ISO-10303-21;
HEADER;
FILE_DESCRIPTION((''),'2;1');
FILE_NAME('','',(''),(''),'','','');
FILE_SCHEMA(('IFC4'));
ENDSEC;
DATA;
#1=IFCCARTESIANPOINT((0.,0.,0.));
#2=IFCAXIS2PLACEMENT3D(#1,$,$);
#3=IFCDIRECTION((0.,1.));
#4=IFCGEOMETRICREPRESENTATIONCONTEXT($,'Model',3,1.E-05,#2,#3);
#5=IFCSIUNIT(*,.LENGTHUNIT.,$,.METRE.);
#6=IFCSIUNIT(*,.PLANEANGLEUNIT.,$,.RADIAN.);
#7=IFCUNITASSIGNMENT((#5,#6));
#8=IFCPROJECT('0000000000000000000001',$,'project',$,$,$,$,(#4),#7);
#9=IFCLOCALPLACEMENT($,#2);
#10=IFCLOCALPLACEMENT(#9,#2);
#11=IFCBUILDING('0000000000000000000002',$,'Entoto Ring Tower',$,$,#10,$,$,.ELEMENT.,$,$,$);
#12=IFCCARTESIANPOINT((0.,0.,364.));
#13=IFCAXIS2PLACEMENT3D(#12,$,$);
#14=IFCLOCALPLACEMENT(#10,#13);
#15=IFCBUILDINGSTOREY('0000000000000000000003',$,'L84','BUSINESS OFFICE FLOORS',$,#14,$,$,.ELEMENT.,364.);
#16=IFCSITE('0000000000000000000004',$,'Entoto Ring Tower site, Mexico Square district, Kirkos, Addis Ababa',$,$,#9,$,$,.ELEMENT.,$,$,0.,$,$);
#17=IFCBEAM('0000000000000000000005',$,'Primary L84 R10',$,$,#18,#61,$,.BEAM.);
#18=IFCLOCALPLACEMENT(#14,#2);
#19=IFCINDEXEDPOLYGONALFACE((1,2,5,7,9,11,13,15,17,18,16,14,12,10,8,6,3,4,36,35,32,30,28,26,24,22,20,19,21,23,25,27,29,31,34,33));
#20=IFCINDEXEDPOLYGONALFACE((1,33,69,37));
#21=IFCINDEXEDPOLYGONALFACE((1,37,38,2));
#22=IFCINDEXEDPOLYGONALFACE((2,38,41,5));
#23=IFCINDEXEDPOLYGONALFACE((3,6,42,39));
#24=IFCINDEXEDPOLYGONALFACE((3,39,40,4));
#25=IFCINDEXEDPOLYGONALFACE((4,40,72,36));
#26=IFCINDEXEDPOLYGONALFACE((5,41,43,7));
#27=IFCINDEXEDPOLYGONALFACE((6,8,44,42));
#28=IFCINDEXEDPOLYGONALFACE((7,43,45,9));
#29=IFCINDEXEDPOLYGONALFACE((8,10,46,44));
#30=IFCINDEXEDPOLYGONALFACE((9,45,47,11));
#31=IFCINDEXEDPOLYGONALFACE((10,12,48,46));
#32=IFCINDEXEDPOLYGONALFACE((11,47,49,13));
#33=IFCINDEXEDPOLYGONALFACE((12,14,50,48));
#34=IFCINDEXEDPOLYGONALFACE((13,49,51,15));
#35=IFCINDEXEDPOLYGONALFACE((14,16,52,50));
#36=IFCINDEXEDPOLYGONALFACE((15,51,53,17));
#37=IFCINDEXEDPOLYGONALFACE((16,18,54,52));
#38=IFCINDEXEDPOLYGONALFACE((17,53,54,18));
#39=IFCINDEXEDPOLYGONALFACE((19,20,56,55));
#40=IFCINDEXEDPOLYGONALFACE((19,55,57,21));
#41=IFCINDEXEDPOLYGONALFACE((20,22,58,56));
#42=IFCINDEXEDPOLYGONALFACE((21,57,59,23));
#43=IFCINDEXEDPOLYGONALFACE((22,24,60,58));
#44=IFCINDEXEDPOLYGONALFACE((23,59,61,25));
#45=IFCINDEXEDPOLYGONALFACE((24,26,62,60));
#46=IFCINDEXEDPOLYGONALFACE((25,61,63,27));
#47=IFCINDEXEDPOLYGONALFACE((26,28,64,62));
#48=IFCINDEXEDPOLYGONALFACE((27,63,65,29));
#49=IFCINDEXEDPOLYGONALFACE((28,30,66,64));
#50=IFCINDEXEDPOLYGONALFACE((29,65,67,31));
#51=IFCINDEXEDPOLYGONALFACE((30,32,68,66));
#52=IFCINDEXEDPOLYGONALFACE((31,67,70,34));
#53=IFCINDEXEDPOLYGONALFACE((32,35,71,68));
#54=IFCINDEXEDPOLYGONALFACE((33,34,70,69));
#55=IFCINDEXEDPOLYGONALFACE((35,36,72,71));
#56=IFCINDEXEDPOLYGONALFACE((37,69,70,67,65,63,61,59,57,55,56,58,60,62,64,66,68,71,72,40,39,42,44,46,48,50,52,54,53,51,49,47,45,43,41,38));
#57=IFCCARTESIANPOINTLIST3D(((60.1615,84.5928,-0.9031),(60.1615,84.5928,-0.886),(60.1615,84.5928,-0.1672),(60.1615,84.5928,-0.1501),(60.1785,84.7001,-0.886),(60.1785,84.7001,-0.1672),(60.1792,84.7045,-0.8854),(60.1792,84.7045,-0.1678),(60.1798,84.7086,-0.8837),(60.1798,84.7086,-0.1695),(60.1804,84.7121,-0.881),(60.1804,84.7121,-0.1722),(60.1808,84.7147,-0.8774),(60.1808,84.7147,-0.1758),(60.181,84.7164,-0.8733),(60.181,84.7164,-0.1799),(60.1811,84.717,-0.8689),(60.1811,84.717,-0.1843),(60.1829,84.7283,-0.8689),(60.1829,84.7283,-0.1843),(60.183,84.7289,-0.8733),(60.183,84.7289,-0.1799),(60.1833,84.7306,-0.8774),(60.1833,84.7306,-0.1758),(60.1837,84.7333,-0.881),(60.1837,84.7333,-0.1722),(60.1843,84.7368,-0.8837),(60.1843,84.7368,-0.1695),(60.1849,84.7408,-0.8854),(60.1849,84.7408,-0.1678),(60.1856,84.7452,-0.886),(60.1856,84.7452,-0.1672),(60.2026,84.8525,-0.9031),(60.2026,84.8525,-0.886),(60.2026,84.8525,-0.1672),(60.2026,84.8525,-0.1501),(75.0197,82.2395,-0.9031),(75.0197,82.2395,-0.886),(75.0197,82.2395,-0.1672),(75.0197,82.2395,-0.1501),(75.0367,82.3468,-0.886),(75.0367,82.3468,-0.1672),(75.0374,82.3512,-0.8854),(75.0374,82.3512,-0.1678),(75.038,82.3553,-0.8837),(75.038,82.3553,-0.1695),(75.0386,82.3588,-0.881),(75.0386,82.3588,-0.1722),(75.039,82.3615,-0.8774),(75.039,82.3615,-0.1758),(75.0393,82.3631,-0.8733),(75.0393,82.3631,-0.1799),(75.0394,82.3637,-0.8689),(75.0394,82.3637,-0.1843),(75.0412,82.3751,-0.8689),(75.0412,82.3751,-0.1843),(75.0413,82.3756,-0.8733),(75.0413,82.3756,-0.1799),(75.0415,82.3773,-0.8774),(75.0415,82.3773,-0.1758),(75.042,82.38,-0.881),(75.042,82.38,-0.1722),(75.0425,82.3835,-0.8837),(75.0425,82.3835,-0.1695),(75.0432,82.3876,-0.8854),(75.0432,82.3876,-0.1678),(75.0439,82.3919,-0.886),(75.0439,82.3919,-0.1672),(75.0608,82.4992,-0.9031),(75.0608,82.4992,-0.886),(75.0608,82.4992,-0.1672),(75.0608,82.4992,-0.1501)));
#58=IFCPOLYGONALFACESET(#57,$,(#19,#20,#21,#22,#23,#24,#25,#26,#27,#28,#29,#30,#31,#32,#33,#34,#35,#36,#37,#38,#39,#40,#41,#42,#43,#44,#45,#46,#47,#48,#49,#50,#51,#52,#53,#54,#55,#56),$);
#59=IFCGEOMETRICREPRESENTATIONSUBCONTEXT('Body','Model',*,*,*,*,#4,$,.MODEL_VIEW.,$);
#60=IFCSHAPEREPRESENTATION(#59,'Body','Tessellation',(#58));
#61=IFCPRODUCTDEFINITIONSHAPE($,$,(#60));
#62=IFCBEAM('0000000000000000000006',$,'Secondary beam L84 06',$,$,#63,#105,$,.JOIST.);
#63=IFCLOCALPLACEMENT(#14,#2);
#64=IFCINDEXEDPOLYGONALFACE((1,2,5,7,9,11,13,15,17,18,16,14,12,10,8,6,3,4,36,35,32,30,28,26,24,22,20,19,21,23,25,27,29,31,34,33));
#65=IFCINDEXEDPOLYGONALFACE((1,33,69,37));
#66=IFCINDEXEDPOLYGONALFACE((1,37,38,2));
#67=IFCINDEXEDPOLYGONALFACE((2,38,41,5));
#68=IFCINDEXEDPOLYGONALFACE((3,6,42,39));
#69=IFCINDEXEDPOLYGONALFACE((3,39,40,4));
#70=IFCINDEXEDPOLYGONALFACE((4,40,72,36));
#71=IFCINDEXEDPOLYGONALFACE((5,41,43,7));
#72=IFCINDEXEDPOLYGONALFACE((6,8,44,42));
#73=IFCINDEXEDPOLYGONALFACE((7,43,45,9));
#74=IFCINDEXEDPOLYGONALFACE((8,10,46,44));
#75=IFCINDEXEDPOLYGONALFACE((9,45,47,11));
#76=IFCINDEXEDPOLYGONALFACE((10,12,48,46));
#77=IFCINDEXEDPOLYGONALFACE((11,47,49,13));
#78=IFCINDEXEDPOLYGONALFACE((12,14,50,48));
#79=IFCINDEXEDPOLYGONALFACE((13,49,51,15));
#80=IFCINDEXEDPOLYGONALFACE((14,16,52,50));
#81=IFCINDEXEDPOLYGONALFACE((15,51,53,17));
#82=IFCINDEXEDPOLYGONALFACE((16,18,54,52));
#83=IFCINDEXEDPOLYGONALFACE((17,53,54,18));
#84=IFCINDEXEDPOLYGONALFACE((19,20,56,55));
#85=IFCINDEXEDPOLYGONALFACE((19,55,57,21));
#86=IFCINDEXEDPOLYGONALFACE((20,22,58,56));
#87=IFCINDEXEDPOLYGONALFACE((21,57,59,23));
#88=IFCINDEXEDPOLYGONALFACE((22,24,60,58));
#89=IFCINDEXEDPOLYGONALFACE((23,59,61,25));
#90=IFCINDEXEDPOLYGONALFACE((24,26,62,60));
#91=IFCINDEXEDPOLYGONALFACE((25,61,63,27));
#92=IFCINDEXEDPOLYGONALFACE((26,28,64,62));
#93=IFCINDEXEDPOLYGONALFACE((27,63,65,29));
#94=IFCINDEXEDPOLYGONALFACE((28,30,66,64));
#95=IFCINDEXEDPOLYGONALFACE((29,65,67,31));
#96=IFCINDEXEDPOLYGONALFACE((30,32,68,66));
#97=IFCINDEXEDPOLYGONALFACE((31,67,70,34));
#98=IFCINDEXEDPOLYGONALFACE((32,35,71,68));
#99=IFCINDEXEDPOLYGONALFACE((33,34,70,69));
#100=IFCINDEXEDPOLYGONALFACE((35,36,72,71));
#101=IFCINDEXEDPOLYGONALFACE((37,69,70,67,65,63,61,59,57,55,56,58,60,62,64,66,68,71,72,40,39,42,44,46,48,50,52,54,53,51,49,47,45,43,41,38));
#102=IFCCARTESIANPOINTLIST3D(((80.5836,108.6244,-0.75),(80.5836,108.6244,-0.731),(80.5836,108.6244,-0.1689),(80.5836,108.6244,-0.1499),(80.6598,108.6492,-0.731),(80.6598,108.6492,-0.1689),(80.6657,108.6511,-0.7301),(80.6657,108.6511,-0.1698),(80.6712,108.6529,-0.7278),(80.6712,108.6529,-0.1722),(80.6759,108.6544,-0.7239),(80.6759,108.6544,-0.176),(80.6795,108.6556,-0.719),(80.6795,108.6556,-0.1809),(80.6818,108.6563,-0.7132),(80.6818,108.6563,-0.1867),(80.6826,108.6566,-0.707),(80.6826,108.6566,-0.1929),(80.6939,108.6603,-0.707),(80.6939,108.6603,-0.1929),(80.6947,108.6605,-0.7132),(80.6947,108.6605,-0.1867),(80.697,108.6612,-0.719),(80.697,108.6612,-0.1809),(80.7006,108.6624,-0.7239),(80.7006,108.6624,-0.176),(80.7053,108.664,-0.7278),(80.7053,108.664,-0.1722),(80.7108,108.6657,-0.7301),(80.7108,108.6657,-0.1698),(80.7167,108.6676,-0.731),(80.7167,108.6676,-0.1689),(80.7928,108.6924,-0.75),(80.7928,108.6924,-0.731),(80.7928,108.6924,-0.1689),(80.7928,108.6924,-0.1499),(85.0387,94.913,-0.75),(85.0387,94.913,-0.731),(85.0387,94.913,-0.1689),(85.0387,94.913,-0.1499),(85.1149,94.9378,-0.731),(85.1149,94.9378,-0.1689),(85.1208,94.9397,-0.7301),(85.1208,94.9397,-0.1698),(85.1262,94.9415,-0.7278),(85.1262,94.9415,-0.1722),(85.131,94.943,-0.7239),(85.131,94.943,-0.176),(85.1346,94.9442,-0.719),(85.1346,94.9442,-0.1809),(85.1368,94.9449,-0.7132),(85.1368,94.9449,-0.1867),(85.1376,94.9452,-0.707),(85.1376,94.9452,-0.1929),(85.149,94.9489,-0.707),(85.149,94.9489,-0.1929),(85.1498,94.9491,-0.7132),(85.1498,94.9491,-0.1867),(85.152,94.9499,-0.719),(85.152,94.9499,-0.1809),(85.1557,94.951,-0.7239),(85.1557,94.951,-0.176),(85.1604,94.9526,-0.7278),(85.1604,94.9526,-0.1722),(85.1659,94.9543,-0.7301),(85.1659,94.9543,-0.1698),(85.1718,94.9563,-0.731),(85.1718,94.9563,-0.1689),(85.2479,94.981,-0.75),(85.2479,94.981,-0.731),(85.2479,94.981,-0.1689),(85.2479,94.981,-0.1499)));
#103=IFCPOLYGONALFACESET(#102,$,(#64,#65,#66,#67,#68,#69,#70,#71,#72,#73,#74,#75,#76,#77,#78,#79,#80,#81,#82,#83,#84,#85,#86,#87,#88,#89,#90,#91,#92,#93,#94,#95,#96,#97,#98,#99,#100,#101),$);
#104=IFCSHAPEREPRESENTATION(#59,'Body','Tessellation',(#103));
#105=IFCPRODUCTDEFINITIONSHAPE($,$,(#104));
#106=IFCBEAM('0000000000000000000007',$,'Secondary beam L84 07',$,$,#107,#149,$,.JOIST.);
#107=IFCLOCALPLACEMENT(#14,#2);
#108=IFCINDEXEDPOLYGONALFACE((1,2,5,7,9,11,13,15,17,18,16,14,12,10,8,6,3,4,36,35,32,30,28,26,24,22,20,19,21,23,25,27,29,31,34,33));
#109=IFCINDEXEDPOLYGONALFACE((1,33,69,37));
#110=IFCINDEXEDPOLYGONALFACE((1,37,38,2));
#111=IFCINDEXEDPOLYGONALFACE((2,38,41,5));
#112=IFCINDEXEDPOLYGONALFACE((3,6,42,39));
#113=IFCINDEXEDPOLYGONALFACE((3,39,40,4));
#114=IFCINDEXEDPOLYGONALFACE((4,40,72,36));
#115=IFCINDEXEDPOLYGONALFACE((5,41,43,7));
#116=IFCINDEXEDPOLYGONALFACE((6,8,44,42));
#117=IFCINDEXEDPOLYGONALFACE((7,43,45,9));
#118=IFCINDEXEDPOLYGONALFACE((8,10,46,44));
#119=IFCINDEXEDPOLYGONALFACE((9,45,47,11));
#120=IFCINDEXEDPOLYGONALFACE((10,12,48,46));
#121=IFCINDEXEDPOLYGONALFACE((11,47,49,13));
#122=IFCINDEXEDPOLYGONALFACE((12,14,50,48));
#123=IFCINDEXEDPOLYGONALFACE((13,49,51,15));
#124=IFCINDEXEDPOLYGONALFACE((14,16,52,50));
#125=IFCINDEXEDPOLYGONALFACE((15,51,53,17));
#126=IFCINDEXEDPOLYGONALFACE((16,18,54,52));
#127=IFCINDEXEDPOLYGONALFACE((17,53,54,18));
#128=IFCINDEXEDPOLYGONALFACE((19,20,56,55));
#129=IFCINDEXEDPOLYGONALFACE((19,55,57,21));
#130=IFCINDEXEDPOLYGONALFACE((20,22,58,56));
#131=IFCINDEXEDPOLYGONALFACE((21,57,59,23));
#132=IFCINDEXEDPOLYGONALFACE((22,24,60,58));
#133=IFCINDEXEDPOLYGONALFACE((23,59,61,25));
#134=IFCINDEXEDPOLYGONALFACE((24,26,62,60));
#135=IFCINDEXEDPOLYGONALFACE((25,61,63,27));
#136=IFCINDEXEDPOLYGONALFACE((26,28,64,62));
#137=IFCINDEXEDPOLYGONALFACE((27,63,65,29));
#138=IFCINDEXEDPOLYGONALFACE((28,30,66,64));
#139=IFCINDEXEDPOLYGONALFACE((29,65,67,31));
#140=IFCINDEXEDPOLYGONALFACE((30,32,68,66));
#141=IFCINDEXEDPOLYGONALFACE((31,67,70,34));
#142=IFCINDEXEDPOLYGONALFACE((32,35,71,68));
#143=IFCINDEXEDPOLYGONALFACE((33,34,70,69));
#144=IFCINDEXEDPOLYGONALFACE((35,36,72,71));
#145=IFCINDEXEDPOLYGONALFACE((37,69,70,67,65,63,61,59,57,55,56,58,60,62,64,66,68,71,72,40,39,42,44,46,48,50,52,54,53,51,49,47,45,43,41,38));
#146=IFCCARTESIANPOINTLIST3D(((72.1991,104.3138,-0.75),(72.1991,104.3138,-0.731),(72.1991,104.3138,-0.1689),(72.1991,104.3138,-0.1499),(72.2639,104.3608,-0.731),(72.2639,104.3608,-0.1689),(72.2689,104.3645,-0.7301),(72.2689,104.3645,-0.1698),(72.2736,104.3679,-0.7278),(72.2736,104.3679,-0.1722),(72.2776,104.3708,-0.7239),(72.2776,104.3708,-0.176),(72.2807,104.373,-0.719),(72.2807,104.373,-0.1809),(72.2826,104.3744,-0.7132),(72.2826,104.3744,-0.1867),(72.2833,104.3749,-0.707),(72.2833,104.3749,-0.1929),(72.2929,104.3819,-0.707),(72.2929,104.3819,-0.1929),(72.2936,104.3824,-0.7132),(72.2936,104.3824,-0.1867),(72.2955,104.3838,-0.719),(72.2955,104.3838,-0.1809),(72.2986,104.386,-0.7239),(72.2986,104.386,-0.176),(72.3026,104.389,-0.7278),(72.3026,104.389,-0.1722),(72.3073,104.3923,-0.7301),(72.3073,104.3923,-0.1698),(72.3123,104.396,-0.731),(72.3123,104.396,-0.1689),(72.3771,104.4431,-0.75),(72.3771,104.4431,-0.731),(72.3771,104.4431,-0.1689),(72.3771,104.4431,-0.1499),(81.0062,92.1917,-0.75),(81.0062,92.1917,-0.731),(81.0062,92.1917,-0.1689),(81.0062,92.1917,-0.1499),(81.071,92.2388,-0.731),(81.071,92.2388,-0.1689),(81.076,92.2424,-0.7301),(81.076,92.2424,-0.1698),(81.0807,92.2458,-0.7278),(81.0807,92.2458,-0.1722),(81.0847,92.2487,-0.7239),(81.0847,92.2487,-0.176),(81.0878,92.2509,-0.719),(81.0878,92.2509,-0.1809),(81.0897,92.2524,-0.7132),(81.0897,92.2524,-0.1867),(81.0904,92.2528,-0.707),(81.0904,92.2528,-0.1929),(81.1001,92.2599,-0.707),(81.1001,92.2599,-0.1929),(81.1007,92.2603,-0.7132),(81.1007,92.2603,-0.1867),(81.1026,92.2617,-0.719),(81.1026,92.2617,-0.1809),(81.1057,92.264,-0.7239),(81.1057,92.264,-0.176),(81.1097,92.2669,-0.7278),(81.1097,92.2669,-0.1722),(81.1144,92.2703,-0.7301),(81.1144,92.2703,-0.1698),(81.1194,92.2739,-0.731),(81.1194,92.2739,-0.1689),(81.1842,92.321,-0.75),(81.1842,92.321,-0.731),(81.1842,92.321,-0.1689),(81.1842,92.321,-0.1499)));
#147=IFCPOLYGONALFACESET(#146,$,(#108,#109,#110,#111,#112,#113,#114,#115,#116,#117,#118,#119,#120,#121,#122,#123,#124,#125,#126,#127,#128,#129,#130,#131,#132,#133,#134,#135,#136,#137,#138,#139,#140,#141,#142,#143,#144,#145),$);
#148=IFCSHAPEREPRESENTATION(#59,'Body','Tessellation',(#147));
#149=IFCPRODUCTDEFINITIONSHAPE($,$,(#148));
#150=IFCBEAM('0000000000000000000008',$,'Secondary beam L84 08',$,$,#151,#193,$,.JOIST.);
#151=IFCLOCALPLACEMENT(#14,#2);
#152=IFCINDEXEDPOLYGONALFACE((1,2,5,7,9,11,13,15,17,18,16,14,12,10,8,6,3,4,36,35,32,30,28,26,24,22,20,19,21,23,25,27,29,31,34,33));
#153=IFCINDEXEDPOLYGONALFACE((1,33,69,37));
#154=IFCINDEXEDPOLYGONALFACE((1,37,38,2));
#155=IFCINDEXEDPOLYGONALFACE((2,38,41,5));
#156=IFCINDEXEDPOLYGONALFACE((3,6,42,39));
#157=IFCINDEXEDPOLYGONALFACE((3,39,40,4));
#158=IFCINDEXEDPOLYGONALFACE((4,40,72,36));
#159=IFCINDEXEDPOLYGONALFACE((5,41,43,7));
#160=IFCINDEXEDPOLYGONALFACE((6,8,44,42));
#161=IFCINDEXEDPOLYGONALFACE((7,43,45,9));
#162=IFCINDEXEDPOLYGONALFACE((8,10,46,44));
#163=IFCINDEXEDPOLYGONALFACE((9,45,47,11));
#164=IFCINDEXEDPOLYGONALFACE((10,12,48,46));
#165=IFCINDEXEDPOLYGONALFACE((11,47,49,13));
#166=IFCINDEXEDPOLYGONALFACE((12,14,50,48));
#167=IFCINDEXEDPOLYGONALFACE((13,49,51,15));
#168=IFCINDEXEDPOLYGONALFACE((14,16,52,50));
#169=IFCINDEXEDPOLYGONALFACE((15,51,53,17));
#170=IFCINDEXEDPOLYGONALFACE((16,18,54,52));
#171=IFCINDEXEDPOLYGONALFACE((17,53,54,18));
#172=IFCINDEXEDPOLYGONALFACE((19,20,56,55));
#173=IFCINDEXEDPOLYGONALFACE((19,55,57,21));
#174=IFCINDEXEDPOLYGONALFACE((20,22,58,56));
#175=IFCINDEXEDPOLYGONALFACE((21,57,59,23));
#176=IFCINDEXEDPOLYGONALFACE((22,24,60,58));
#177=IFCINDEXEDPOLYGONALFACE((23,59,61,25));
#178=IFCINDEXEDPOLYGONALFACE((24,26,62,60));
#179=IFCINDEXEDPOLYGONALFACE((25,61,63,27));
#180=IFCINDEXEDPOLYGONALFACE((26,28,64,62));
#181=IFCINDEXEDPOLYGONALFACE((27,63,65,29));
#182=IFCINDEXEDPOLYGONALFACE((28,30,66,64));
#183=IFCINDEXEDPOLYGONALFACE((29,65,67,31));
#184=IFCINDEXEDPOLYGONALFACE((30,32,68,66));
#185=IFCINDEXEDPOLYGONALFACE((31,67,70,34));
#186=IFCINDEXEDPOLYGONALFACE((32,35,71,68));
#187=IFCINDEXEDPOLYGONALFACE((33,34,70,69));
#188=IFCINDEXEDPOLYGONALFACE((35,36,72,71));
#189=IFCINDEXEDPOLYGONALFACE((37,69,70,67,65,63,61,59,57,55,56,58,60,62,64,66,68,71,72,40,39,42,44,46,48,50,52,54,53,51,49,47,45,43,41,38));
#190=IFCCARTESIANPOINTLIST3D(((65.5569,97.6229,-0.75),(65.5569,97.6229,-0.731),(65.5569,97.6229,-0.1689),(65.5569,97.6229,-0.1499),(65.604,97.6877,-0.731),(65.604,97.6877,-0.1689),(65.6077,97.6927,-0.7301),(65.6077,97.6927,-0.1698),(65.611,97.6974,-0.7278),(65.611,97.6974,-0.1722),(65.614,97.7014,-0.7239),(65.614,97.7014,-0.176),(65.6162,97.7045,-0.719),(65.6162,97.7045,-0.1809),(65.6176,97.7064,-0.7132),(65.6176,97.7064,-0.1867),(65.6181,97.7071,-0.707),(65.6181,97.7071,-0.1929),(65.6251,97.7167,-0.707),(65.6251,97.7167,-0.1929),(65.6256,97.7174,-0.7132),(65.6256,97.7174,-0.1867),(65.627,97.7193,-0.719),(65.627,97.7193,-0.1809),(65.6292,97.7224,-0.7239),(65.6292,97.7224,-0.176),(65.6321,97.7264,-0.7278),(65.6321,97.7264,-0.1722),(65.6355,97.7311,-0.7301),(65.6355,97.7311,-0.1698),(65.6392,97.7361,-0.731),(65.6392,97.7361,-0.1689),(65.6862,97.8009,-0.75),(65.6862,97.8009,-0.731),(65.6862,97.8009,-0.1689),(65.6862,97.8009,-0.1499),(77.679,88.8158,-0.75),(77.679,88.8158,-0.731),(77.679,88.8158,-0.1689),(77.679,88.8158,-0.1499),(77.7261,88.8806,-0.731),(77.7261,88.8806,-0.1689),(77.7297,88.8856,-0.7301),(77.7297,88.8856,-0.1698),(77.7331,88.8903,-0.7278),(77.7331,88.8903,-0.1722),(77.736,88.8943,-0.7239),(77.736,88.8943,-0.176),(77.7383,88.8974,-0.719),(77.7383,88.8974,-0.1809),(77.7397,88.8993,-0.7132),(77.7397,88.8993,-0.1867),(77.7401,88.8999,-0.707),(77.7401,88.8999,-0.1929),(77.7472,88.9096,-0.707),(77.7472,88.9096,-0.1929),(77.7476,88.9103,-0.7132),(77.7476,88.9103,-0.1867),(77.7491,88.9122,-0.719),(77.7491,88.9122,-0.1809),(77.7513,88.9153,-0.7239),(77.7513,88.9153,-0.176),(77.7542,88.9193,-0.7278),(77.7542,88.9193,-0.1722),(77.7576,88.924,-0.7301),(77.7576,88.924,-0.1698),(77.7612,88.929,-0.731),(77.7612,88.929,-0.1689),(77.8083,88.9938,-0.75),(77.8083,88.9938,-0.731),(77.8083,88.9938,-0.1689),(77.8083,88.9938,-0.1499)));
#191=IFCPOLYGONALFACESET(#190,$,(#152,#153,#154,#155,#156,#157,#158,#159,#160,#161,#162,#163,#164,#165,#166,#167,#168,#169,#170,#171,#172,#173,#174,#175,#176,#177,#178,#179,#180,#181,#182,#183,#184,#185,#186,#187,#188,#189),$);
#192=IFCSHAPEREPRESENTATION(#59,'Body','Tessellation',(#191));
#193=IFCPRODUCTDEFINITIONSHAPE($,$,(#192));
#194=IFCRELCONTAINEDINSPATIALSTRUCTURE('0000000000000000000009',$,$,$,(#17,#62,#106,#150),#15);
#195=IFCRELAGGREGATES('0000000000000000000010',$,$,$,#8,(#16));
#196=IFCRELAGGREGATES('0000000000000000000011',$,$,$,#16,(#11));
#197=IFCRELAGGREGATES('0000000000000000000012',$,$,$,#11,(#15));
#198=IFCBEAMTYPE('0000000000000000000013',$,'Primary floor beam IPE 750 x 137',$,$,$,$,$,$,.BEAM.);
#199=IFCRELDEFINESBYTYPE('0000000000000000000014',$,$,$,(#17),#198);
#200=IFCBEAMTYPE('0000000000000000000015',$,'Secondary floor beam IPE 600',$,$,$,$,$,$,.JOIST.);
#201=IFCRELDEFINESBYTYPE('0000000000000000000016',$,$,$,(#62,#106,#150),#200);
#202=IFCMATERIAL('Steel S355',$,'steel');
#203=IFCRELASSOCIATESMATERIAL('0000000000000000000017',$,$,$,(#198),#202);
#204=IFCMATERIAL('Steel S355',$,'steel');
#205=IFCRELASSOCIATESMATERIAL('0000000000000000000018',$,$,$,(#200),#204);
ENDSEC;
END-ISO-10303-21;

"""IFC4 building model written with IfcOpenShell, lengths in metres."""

from ifc_helpers import new_model, si_unit, direction, frame, origin, origin_2d, place, context, subcontext, project, spatial, i_section, extrude, material, material_profile, profile_set, type_object, element, save


model = new_model("IFC4")

# Units and contexts
model_context = context("Model", 3, precision=1e-05, world=origin(), true_north=direction((0.0, 1.0)))
body_context = subcontext(model_context, "Body", "Model", "MODEL_VIEW")
ifc_project = project(units=[si_unit("LENGTHUNIT", "METRE"), si_unit("PLANEANGLEUNIT", "RADIAN")], contexts=[model_context])

# Site, building, storey
site_placement = place(None, origin())
site = spatial("IfcSite", under=ifc_project, at=site_placement, Name="Entoto Ring Tower site, Mexico Square district, Kirkos, Addis Ababa", CompositionType="ELEMENT", RefElevation=0.0)
building_placement = place(site_placement, origin())
building = spatial("IfcBuilding", under=site, at=building_placement, Name="Entoto Ring Tower", CompositionType="ELEMENT")
storey_placement = place(building_placement, frame((0.0, 0.0, 364.0)))
storey = spatial("IfcBuildingStorey", under=building, at=storey_placement, Name="L84", Description="BUSINESS OFFICE FLOORS", CompositionType="ELEMENT", Elevation=364.0)

# Beams
ifc_material_1 = material(Name="Steel S355", Category="steel")
ifc_material_profile_1 = material_profile(ifc_material_1, i_section(OverallWidth=0.2629, OverallDepth=0.7529, WebThickness=0.0115, FlangeThickness=0.0171, FilletRadius=0.0171, at=origin_2d()), Name="IPE 750 x 137")
ifc_profile_set_1 = profile_set([ifc_material_profile_1], Name="Steel S355")
beam_type_1 = type_object("IfcBeamType", Name="Primary floor beam IPE 750 x 137", PredefinedType="BEAM", material=ifc_profile_set_1)
beam_1_placement = place(storey_placement, frame((75.0403, 82.3694, -0.5266), z_axis=(-0.987689, 0.156433, 0.0), x_axis=(-0.156433, -0.987689, 0.0)))
element("IfcBeam", 1, at=beam_1_placement, inside=storey, type_object=beam_type_1, Name="Primary L84 R10", PredefinedType="BEAM", context=body_context, shape_type="SweptSolid", body=[
    extrude(i_section(OverallWidth=0.2629, OverallDepth=0.7529, WebThickness=0.0115, FlangeThickness=0.0171, FilletRadius=0.0171, at=origin_2d()), origin(), (0.0, 0.0, 1.0), 15.0435),
])
ifc_material_2 = material(Name="Steel S355", Category="steel")
ifc_material_profile_2 = material_profile(ifc_material_2, i_section(OverallWidth=0.22, OverallDepth=0.6001, WebThickness=0.012, FlangeThickness=0.019, FilletRadius=0.0239, at=origin_2d()), Name="IPE 600")
ifc_profile_set_2 = profile_set([ifc_material_profile_2], Name="Steel S355")
beam_type_2 = type_object("IfcBeamType", Name="Secondary floor beam IPE 600", PredefinedType="JOIST", material=ifc_profile_set_2)
beam_2_placement = place(storey_placement, frame((85.1433, 94.947, -0.45), z_axis=(-0.309015, 0.951057, 0.0), x_axis=(-0.951057, -0.309015, 0.0)))
element("IfcBeam", 2, at=beam_2_placement, inside=storey, type_object=beam_type_2, Name="Secondary beam L84 06", PredefinedType="JOIST", context=body_context, shape_type="SweptSolid", body=[
    extrude(i_section(OverallWidth=0.22, OverallDepth=0.6001, WebThickness=0.012, FlangeThickness=0.019, FilletRadius=0.0239, at=origin_2d()), origin(), (0.0, 0.0, 1.0), 14.417),
])
for number, where, z_axis, x_axis, name in (
    (3, (81.0952, 92.2563, -0.45), (-0.587782, 0.809019, 0.0), (-0.809019, -0.587782, 0.0), "Secondary beam L84 07"),
    (4, (77.7437, 88.9048, -0.45), (-0.809019, 0.587782, 0.0), (-0.587782, -0.809019, 0.0), "Secondary beam L84 08"),
):
    element("IfcBeam", number, at=place(storey_placement, frame(where, z_axis=z_axis, x_axis=x_axis)), inside=storey, type_object=beam_type_2, Name=name, PredefinedType="JOIST", context=body_context, shape_type="SweptSolid", body=[
        extrude(i_section(OverallWidth=0.22, OverallDepth=0.6001, WebThickness=0.012, FlangeThickness=0.019, FilletRadius=0.0239, at=origin_2d()), origin(), (0.0, 0.0, 1.0), 14.9836),
    ])

save(model, "model.ifc")
